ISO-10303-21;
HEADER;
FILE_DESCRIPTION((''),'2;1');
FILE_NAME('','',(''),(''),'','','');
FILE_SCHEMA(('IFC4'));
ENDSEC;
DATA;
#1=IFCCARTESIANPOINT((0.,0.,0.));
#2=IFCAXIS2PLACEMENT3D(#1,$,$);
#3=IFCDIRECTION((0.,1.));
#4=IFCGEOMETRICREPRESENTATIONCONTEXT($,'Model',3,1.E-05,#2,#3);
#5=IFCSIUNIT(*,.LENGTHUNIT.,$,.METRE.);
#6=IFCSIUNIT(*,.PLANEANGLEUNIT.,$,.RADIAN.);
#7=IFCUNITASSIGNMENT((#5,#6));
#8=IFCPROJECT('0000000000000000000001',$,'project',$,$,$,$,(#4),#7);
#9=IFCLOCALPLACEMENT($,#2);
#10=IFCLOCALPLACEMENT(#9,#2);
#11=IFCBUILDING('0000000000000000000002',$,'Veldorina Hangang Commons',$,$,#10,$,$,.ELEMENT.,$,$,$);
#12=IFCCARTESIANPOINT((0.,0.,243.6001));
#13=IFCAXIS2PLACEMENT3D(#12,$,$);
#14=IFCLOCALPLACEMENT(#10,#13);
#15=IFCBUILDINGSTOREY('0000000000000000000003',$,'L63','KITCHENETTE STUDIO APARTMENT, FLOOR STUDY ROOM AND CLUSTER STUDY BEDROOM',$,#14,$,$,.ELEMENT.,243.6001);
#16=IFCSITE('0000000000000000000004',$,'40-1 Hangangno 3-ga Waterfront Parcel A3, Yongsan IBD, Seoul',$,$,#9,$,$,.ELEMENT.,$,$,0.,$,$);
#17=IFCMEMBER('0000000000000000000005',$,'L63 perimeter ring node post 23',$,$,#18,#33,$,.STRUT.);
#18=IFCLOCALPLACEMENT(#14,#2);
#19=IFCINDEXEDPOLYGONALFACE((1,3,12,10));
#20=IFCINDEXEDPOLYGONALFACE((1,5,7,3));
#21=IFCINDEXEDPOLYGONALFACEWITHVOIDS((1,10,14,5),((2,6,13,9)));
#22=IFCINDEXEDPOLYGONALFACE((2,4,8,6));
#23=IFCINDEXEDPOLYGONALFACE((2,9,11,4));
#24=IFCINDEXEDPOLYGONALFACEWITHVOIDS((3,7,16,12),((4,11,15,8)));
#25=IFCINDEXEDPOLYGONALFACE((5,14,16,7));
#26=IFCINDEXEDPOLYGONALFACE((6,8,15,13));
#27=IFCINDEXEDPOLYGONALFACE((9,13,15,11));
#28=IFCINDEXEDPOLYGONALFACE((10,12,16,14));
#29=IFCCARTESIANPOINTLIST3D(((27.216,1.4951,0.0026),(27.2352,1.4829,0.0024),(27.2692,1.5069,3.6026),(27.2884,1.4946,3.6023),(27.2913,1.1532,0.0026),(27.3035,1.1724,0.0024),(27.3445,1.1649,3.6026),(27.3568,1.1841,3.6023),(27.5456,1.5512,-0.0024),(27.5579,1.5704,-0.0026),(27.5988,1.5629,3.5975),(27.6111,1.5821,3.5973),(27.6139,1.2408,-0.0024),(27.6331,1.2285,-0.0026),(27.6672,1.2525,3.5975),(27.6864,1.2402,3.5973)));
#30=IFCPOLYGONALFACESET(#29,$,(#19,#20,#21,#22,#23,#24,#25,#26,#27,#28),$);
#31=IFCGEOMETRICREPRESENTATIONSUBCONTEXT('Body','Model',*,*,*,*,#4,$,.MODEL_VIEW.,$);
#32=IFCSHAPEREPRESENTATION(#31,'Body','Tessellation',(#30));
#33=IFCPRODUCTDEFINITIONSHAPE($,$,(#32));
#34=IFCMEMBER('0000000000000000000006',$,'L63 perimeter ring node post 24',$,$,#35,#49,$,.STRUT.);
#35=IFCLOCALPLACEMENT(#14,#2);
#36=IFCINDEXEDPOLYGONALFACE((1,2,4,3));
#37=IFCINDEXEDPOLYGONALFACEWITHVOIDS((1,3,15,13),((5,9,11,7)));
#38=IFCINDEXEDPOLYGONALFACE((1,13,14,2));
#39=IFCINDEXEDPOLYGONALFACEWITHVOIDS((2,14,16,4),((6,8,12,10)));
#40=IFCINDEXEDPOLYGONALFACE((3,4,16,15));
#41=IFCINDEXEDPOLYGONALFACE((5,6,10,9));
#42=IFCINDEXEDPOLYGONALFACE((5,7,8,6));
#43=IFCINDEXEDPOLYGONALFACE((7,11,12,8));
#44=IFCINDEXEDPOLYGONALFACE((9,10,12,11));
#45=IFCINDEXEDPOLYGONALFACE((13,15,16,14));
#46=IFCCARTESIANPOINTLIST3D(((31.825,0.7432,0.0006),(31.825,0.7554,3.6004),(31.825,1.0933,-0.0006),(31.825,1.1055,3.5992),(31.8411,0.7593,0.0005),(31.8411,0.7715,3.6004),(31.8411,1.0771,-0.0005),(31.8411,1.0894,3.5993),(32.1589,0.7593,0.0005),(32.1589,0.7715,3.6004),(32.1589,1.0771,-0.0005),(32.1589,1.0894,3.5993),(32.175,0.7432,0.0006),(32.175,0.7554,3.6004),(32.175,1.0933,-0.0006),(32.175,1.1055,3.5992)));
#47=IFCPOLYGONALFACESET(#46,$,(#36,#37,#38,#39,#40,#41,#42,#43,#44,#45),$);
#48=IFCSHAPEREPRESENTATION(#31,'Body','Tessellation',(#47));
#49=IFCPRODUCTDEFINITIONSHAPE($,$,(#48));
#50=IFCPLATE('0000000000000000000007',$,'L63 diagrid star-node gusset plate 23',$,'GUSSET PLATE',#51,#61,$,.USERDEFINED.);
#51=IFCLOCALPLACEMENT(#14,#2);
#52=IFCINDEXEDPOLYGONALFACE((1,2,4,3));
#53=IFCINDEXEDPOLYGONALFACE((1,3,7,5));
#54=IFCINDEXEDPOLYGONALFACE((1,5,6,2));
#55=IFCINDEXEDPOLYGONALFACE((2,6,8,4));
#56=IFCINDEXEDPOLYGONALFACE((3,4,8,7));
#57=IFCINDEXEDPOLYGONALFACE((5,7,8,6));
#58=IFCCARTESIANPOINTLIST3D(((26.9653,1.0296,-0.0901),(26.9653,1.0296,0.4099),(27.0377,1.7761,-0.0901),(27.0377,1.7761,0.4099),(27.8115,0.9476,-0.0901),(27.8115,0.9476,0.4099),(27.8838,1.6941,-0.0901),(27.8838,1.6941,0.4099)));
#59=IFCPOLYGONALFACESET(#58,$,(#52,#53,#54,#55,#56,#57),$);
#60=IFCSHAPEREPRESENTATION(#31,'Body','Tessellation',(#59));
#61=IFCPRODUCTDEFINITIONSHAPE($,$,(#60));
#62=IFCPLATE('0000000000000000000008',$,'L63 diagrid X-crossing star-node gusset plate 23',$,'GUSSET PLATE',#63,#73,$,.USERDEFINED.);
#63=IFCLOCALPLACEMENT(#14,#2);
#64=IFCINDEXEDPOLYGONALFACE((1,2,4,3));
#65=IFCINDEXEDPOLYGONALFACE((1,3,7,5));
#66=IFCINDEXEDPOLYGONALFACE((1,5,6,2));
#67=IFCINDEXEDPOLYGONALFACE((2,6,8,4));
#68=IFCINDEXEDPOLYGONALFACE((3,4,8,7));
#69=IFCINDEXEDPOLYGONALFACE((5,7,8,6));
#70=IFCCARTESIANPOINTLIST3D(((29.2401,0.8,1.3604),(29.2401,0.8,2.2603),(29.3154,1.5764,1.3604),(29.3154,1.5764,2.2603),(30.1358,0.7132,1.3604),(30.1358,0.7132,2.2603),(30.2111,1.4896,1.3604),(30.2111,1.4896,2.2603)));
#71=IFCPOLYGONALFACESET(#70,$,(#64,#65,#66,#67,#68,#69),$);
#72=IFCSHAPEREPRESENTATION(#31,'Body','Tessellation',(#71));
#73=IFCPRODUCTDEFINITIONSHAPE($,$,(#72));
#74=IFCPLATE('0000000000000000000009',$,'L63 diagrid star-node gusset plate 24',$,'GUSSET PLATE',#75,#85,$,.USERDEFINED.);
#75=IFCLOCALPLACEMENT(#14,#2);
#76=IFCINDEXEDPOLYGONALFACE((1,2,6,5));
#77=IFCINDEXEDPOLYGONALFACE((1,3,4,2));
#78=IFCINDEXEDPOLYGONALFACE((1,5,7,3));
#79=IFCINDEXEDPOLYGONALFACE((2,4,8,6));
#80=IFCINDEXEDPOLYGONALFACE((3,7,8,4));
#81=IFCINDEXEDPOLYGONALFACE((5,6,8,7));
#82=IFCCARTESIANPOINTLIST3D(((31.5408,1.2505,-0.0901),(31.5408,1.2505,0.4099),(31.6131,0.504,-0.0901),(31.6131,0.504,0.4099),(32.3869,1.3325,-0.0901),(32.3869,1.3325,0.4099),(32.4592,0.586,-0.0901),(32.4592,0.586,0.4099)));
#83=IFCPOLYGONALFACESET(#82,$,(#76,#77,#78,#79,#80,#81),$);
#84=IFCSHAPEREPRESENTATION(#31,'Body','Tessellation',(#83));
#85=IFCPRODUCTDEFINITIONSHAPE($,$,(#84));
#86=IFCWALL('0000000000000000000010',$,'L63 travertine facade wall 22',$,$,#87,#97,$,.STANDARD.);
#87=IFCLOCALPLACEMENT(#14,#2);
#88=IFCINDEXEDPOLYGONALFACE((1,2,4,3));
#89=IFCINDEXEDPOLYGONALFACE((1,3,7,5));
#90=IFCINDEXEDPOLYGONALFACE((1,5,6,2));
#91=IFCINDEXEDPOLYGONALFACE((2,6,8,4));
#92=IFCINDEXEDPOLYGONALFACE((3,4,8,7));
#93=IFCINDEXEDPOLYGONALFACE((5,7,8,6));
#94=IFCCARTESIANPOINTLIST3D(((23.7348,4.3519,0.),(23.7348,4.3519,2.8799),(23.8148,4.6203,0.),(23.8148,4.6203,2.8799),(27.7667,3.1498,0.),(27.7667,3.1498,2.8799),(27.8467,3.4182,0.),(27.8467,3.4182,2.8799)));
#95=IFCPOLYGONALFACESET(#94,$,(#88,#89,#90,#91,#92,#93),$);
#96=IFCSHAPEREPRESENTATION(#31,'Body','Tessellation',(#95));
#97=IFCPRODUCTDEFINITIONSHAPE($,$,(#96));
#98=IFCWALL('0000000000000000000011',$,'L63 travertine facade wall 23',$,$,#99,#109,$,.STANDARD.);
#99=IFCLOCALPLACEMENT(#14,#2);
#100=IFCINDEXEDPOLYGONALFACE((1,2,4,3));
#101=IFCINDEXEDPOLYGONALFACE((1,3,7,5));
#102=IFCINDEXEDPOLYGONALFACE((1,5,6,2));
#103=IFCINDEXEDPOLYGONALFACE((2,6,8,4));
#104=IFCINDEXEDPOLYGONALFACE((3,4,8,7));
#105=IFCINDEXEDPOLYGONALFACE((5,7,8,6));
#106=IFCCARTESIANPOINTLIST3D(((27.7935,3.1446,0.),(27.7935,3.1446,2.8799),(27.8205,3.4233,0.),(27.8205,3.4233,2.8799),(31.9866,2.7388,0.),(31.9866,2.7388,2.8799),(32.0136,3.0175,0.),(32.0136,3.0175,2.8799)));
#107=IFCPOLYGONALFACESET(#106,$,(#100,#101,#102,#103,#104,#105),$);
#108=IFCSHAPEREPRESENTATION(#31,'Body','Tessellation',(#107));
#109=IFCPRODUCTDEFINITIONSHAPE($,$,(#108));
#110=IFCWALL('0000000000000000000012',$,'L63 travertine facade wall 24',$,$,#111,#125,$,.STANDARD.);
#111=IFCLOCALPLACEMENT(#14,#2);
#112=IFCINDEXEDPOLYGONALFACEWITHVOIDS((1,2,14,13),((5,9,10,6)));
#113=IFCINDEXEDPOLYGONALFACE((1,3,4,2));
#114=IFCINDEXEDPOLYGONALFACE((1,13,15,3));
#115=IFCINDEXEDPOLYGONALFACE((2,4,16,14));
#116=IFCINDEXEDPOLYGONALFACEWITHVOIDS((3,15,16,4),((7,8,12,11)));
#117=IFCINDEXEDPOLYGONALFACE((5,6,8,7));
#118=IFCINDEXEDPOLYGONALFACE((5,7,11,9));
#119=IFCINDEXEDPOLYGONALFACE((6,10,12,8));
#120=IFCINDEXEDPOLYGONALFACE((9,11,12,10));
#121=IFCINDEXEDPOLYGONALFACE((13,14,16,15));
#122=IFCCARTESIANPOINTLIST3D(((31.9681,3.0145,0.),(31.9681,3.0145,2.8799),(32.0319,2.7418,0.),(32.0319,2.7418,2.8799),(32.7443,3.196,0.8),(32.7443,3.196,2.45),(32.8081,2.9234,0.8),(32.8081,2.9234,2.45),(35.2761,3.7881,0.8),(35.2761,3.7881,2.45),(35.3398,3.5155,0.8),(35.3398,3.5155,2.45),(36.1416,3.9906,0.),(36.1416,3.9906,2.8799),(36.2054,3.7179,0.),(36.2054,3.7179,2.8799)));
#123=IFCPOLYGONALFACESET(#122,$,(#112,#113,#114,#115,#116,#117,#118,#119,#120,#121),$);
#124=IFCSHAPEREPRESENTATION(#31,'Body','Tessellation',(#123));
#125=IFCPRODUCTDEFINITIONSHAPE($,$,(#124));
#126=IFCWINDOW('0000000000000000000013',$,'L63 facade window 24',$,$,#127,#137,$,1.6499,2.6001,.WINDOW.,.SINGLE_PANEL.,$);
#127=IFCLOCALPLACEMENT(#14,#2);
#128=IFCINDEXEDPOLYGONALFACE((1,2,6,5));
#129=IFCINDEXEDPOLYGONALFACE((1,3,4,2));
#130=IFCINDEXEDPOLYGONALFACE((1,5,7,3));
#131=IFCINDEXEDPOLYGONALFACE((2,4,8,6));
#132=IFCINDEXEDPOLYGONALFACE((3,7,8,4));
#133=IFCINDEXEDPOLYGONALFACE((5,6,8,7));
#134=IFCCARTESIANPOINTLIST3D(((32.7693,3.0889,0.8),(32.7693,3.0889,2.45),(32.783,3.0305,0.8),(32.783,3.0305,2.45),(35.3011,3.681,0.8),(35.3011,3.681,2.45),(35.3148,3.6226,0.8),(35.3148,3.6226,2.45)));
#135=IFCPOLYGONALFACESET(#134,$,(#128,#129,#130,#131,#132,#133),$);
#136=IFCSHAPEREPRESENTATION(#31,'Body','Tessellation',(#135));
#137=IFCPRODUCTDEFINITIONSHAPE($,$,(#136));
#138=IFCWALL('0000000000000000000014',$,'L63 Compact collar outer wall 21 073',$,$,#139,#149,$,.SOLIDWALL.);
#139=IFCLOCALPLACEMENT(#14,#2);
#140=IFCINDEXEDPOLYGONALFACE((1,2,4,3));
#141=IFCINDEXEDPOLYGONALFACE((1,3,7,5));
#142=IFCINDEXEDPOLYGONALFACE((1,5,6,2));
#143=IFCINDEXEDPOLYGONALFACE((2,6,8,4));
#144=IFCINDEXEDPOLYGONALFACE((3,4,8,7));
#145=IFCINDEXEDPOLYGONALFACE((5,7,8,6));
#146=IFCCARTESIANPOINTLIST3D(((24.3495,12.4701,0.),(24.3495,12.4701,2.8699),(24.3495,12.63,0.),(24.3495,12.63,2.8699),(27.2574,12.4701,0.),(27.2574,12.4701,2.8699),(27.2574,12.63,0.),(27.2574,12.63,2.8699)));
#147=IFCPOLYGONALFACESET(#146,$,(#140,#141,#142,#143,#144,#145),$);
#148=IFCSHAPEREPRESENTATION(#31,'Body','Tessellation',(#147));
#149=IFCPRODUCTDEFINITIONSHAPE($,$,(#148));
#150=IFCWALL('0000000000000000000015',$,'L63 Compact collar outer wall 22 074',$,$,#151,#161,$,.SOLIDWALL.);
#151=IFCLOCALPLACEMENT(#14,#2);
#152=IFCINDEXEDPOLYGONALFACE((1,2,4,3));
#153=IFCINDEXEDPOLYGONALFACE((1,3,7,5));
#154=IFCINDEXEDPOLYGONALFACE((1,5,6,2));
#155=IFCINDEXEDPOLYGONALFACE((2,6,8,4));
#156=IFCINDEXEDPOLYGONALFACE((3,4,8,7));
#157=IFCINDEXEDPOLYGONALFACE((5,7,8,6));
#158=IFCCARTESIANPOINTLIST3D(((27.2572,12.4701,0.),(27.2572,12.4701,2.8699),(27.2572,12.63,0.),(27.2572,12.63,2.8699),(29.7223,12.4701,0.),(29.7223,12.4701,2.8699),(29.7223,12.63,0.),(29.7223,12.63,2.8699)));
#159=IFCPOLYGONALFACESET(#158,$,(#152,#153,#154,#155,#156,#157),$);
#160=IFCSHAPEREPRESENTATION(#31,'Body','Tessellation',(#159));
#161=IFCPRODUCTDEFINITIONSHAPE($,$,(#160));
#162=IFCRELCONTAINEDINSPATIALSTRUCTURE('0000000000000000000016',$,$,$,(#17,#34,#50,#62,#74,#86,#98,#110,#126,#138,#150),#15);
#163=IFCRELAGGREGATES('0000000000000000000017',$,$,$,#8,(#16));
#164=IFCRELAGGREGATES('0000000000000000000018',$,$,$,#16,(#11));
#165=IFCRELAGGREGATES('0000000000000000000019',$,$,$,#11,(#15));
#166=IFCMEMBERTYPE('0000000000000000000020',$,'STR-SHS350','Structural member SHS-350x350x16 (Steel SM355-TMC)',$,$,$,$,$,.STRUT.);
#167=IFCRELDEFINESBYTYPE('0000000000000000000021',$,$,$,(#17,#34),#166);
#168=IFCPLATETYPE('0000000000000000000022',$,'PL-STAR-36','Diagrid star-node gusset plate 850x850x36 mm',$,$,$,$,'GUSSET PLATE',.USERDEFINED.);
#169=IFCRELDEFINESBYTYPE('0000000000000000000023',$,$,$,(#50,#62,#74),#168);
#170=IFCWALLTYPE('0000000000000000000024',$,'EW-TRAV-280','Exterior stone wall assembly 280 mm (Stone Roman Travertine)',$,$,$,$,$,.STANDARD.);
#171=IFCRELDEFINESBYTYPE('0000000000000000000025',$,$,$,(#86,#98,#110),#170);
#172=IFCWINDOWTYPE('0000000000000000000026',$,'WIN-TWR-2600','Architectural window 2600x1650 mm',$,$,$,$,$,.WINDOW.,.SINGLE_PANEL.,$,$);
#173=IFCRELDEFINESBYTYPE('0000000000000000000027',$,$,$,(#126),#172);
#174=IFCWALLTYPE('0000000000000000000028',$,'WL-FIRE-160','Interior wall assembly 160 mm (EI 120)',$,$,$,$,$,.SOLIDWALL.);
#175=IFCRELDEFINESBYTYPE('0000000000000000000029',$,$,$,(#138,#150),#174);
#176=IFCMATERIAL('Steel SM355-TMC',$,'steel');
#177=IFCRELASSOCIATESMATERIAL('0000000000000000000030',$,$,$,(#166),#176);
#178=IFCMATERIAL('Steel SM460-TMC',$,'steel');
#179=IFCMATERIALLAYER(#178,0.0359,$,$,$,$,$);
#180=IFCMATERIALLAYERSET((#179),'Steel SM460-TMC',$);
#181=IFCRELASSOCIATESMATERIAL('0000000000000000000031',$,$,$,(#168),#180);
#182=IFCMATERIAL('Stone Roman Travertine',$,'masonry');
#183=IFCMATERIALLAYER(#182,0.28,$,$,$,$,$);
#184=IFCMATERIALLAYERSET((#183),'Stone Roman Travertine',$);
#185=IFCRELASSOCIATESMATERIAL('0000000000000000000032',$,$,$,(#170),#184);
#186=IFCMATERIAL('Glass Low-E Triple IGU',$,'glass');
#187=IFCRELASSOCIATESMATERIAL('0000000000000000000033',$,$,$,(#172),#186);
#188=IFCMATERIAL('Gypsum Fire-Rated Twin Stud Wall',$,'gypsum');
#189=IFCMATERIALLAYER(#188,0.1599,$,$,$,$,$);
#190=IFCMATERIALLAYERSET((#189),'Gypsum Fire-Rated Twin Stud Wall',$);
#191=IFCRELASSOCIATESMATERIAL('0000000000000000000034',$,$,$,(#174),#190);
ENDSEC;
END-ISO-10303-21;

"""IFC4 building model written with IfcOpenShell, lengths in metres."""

from ifc_helpers import new_model, si_unit, direction, frame, frame_2d, origin, origin_2d, place, context, subcontext, project, spatial, rectangle, hollow_rectangle, extrude, material, layer, layer_set, material_profile, profile_set, type_object, element, fill, save


model = new_model("IFC4")

# Units and contexts
model_context = context("Model", 3, precision=1e-05, world=origin(), true_north=direction((0.0, 1.0)))
body_context = subcontext(model_context, "Body", "Model", "MODEL_VIEW")
ifc_project = project(units=[si_unit("LENGTHUNIT", "METRE"), si_unit("PLANEANGLEUNIT", "RADIAN")], contexts=[model_context])

# Site, building, storey
site_placement = place(None, origin())
site = spatial("IfcSite", under=ifc_project, at=site_placement, Name="40-1 Hangangno 3-ga Waterfront Parcel A3, Yongsan IBD, Seoul", CompositionType="ELEMENT", RefElevation=0.0)
building_placement = place(site_placement, origin())
building = spatial("IfcBuilding", under=site, at=building_placement, Name="Veldorina Hangang Commons", CompositionType="ELEMENT")
storey_placement = place(building_placement, frame((0.0, 0.0, 243.6001)))
storey = spatial("IfcBuildingStorey", under=building, at=storey_placement, Name="L63", Description="KITCHENETTE STUDIO APARTMENT, FLOOR STUDY ROOM AND CLUSTER STUDY BEDROOM", CompositionType="ELEMENT", Elevation=243.6001)

# Shared definitions
ifc_material_1 = material(Name="Steel SM355-TMC", Category="steel")

# Members
ifc_material_profile_1 = material_profile(ifc_material_1, hollow_rectangle(XDim=0.3501, YDim=0.3501, WallThickness=0.0161, at=origin_2d()), Name="SHS-350x350x16")
ifc_profile_set_1 = profile_set([ifc_material_profile_1], Name="Steel SM355-TMC")
member_type_1 = type_object("IfcMemberType", Name="STR-SHS350", Description="Structural member SHS-350x350x16 (Steel SM355-TMC)", PredefinedType="STRUT", material=ifc_profile_set_1)
member_1_placement = place(storey_placement, frame((27.4246, 1.3618, 0.0), z_axis=(0.014783, 0.003255, 0.999885), x_axis=(-0.215033, 0.976607, 0.0)))
element("IfcMember", 1, at=member_1_placement, inside=storey, type_object=member_type_1, Name="L63 perimeter ring node post 23", PredefinedType="STRUT", context=body_context, shape_type="SweptSolid", body=[
    extrude(hollow_rectangle(XDim=0.3501, YDim=0.3501, WallThickness=0.0161, at=origin_2d()), origin(), (0.0, 0.0, 1.0), 3.6003),
])
member_2_placement = place(storey_placement, frame((32.0, 0.9182, 0.0), z_axis=(0.0, 0.003391, 0.999994), x_axis=(-1.0, 0.0, 0.0)))
element("IfcMember", 2, at=member_2_placement, inside=storey, type_object=member_type_1, Name="L63 perimeter ring node post 24", PredefinedType="STRUT", context=body_context, shape_type="SweptSolid", body=[
    extrude(hollow_rectangle(XDim=0.3501, YDim=0.3501, WallThickness=0.0161, at=origin_2d()), origin(), (0.0, 0.0, 1.0), 3.5999),
])

# Plates
ifc_material_2 = material(Name="Steel SM460-TMC", Category="steel")
ifc_layer_1 = layer(ifc_material_2, 0.0359)
ifc_layer_set_1 = layer_set([ifc_layer_1], Name="Steel SM460-TMC")
plate_type = type_object("IfcPlateType", Name="PL-STAR-36", Description="Diagrid star-node gusset plate 850x850x36 mm", ElementType="GUSSET PLATE", PredefinedType="USERDEFINED", material=ifc_layer_set_1)
plate_1_placement = place(storey_placement, frame((27.4246, 1.3618, -0.0901), z_axis=(0.0, 0.0, 1.0), x_axis=(0.995336, -0.096471, 0.0)))
element("IfcPlate", 3, at=plate_1_placement, inside=storey, type_object=plate_type, Name="L63 diagrid star-node gusset plate 23", ObjectType="GUSSET PLATE", PredefinedType="USERDEFINED", context=body_context, shape_type="SweptSolid", body=[
    extrude(rectangle(XDim=0.8501, YDim=0.75, at=origin_2d()), origin(), (0.0, 0.0, 1.0), 0.5),
])
plate_2_placement = place(storey_placement, frame((29.7256, 1.1448, 1.3604), z_axis=(0.0, 0.0, 1.0), x_axis=(0.995336, -0.096471, 0.0)))
element("IfcPlate", 4, at=plate_2_placement, inside=storey, type_object=plate_type, Name="L63 diagrid X-crossing star-node gusset plate 23", ObjectType="GUSSET PLATE", PredefinedType="USERDEFINED", context=body_context, shape_type="SweptSolid", body=[
    extrude(rectangle(XDim=0.8999, YDim=0.78, at=origin_2d()), origin(), (0.0, 0.0, 1.0), 0.8999),
])
plate_3_placement = place(storey_placement, frame((32.0, 0.9182, -0.0901), z_axis=(0.0, 0.0, 1.0), x_axis=(0.995336, 0.096471, 0.0)))
element("IfcPlate", 5, at=plate_3_placement, inside=storey, type_object=plate_type, Name="L63 diagrid star-node gusset plate 24", ObjectType="GUSSET PLATE", PredefinedType="USERDEFINED", context=body_context, shape_type="SweptSolid", body=[
    extrude(rectangle(XDim=0.8501, YDim=0.75, at=origin_2d()), origin(), (0.0, 0.0, 1.0), 0.5),
])

# Walls
ifc_material_3 = material(Name="Stone Roman Travertine", Category="masonry")
ifc_layer_2 = layer(ifc_material_3, 0.28)
ifc_layer_set_2 = layer_set([ifc_layer_2], Name="Stone Roman Travertine")
wall_type_1 = type_object("IfcWallType", Name="EW-TRAV-280", Description="Exterior stone wall assembly 280 mm (Stone Roman Travertine)", PredefinedType="STANDARD", material=ifc_layer_set_2)
wall_1_placement = place(storey_placement, frame((23.7749, 4.4861, 0.0), z_axis=(0.0, 0.0, 1.0), x_axis=(0.958312, -0.285724, 0.0)))
element("IfcWall", 6, at=wall_1_placement, inside=storey, type_object=wall_type_1, Name="L63 travertine facade wall 22", PredefinedType="STANDARD", context=body_context, shape_type="SweptSolid", body=[
    extrude(rectangle(XDim=4.2073, YDim=0.28, at=frame_2d((2.1035, 0.0))), origin(), (0.0, 0.0, 1.0), 2.8799),
])
wall_2_placement = place(storey_placement, frame((27.8069, 3.2839, 0.0), z_axis=(0.0, 0.0, 1.0), x_axis=(0.995351, -0.096319, 0.0)))
element("IfcWall", 7, at=wall_2_placement, inside=storey, type_object=wall_type_1, Name="L63 travertine facade wall 23", PredefinedType="STANDARD", context=body_context, shape_type="SweptSolid", body=[
    extrude(rectangle(XDim=4.2126, YDim=0.28, at=frame_2d((2.1064, 0.0))), origin(), (0.0, 0.0, 1.0), 2.8799),
])

# Wall, opening, window
wall_3_placement = place(storey_placement, frame((32.0, 2.8782, 0.0), z_axis=(0.0, 0.0, 1.0), x_axis=(0.973726, 0.227725, 0.0)))
wall_3 = element("IfcWall", 8, at=wall_3_placement, inside=storey, type_object=wall_type_1, Name="L63 travertine facade wall 24", PredefinedType="STANDARD", context=body_context, shape_type="SweptSolid", body=[
    extrude(rectangle(XDim=4.2861, YDim=0.28, at=frame_2d((2.1431, 0.0))), origin(), (0.0, 0.0, 1.0), 2.8799),
])
opening_1_placement = place(wall_3_placement, frame((0.7971, 0.0, 0.8)))
opening_1 = element("IfcOpeningElement", 9, at=opening_1_placement, cuts=wall_3, PredefinedType="OPENING", context=body_context, shape_type="SweptSolid", body=[
    extrude(rectangle(XDim=2.6001, YDim=1.6499, at=frame_2d((1.3, 0.825))), frame((0.0, 0.1499, 0.0), z_axis=(0.0, -1.0, 0.0), x_axis=(1.0, 0.0, 0.0)), (0.0, 0.0, 1.0), 0.3),
])
ifc_material_4 = material(Name="Glass Low-E Triple IGU", Category="glass")
window_type = type_object("IfcWindowType", Name="WIN-TWR-2600", Description="Architectural window 2600x1650 mm", PartitioningType="SINGLE_PANEL", PredefinedType="WINDOW", material=ifc_material_4)
window_placement = place(opening_1_placement, origin())
window = element("IfcWindow", 10, at=window_placement, inside=storey, type_object=window_type, Name="L63 facade window 24", OverallHeight=1.6499, OverallWidth=2.6001, PartitioningType="SINGLE_PANEL", PredefinedType="WINDOW", context=body_context, shape_type="SweptSolid", body=[
    extrude(rectangle(XDim=2.6001, YDim=1.6499, at=frame_2d((1.3, 0.825))), frame((0.0, 0.03, 0.0), z_axis=(0.0, -1.0, 0.0), x_axis=(1.0, 0.0, 0.0)), (0.0, 0.0, 1.0), 0.0601),
])
fill(opening_1, window)

# Walls
ifc_material_5 = material(Name="Gypsum Fire-Rated Twin Stud Wall", Category="gypsum")
ifc_layer_3 = layer(ifc_material_5, 0.1599)
ifc_layer_set_3 = layer_set([ifc_layer_3], Name="Gypsum Fire-Rated Twin Stud Wall")
wall_type_2 = type_object("IfcWallType", Name="WL-FIRE-160", Description="Interior wall assembly 160 mm (EI 120)", PredefinedType="SOLIDWALL", material=ifc_layer_set_3)
wall_4_placement = place(storey_placement, frame((24.3494, 12.55, 0.0), z_axis=(0.0, 0.0, 1.0), x_axis=(1.0, 0.0, 0.0)))
element("IfcWall", 11, at=wall_4_placement, inside=storey, type_object=wall_type_2, Name="L63 Compact collar outer wall 21 073", PredefinedType="SOLIDWALL", context=body_context, shape_type="SweptSolid", body=[
    extrude(rectangle(XDim=2.908, YDim=0.1599, at=frame_2d((1.4541, 0.0))), origin(), (0.0, 0.0, 1.0), 2.8699),
])
wall_5_placement = place(storey_placement, frame((27.2573, 12.55, 0.0), z_axis=(0.0, 0.0, 1.0), x_axis=(1.0, 0.0, 0.0)))
element("IfcWall", 12, at=wall_5_placement, inside=storey, type_object=wall_type_2, Name="L63 Compact collar outer wall 22 074", PredefinedType="SOLIDWALL", context=body_context, shape_type="SweptSolid", body=[
    extrude(rectangle(XDim=2.4651, YDim=0.1599, at=frame_2d((1.2324, 0.0))), origin(), (0.0, 0.0, 1.0), 2.8699),
])

save(model, "model.ifc")
